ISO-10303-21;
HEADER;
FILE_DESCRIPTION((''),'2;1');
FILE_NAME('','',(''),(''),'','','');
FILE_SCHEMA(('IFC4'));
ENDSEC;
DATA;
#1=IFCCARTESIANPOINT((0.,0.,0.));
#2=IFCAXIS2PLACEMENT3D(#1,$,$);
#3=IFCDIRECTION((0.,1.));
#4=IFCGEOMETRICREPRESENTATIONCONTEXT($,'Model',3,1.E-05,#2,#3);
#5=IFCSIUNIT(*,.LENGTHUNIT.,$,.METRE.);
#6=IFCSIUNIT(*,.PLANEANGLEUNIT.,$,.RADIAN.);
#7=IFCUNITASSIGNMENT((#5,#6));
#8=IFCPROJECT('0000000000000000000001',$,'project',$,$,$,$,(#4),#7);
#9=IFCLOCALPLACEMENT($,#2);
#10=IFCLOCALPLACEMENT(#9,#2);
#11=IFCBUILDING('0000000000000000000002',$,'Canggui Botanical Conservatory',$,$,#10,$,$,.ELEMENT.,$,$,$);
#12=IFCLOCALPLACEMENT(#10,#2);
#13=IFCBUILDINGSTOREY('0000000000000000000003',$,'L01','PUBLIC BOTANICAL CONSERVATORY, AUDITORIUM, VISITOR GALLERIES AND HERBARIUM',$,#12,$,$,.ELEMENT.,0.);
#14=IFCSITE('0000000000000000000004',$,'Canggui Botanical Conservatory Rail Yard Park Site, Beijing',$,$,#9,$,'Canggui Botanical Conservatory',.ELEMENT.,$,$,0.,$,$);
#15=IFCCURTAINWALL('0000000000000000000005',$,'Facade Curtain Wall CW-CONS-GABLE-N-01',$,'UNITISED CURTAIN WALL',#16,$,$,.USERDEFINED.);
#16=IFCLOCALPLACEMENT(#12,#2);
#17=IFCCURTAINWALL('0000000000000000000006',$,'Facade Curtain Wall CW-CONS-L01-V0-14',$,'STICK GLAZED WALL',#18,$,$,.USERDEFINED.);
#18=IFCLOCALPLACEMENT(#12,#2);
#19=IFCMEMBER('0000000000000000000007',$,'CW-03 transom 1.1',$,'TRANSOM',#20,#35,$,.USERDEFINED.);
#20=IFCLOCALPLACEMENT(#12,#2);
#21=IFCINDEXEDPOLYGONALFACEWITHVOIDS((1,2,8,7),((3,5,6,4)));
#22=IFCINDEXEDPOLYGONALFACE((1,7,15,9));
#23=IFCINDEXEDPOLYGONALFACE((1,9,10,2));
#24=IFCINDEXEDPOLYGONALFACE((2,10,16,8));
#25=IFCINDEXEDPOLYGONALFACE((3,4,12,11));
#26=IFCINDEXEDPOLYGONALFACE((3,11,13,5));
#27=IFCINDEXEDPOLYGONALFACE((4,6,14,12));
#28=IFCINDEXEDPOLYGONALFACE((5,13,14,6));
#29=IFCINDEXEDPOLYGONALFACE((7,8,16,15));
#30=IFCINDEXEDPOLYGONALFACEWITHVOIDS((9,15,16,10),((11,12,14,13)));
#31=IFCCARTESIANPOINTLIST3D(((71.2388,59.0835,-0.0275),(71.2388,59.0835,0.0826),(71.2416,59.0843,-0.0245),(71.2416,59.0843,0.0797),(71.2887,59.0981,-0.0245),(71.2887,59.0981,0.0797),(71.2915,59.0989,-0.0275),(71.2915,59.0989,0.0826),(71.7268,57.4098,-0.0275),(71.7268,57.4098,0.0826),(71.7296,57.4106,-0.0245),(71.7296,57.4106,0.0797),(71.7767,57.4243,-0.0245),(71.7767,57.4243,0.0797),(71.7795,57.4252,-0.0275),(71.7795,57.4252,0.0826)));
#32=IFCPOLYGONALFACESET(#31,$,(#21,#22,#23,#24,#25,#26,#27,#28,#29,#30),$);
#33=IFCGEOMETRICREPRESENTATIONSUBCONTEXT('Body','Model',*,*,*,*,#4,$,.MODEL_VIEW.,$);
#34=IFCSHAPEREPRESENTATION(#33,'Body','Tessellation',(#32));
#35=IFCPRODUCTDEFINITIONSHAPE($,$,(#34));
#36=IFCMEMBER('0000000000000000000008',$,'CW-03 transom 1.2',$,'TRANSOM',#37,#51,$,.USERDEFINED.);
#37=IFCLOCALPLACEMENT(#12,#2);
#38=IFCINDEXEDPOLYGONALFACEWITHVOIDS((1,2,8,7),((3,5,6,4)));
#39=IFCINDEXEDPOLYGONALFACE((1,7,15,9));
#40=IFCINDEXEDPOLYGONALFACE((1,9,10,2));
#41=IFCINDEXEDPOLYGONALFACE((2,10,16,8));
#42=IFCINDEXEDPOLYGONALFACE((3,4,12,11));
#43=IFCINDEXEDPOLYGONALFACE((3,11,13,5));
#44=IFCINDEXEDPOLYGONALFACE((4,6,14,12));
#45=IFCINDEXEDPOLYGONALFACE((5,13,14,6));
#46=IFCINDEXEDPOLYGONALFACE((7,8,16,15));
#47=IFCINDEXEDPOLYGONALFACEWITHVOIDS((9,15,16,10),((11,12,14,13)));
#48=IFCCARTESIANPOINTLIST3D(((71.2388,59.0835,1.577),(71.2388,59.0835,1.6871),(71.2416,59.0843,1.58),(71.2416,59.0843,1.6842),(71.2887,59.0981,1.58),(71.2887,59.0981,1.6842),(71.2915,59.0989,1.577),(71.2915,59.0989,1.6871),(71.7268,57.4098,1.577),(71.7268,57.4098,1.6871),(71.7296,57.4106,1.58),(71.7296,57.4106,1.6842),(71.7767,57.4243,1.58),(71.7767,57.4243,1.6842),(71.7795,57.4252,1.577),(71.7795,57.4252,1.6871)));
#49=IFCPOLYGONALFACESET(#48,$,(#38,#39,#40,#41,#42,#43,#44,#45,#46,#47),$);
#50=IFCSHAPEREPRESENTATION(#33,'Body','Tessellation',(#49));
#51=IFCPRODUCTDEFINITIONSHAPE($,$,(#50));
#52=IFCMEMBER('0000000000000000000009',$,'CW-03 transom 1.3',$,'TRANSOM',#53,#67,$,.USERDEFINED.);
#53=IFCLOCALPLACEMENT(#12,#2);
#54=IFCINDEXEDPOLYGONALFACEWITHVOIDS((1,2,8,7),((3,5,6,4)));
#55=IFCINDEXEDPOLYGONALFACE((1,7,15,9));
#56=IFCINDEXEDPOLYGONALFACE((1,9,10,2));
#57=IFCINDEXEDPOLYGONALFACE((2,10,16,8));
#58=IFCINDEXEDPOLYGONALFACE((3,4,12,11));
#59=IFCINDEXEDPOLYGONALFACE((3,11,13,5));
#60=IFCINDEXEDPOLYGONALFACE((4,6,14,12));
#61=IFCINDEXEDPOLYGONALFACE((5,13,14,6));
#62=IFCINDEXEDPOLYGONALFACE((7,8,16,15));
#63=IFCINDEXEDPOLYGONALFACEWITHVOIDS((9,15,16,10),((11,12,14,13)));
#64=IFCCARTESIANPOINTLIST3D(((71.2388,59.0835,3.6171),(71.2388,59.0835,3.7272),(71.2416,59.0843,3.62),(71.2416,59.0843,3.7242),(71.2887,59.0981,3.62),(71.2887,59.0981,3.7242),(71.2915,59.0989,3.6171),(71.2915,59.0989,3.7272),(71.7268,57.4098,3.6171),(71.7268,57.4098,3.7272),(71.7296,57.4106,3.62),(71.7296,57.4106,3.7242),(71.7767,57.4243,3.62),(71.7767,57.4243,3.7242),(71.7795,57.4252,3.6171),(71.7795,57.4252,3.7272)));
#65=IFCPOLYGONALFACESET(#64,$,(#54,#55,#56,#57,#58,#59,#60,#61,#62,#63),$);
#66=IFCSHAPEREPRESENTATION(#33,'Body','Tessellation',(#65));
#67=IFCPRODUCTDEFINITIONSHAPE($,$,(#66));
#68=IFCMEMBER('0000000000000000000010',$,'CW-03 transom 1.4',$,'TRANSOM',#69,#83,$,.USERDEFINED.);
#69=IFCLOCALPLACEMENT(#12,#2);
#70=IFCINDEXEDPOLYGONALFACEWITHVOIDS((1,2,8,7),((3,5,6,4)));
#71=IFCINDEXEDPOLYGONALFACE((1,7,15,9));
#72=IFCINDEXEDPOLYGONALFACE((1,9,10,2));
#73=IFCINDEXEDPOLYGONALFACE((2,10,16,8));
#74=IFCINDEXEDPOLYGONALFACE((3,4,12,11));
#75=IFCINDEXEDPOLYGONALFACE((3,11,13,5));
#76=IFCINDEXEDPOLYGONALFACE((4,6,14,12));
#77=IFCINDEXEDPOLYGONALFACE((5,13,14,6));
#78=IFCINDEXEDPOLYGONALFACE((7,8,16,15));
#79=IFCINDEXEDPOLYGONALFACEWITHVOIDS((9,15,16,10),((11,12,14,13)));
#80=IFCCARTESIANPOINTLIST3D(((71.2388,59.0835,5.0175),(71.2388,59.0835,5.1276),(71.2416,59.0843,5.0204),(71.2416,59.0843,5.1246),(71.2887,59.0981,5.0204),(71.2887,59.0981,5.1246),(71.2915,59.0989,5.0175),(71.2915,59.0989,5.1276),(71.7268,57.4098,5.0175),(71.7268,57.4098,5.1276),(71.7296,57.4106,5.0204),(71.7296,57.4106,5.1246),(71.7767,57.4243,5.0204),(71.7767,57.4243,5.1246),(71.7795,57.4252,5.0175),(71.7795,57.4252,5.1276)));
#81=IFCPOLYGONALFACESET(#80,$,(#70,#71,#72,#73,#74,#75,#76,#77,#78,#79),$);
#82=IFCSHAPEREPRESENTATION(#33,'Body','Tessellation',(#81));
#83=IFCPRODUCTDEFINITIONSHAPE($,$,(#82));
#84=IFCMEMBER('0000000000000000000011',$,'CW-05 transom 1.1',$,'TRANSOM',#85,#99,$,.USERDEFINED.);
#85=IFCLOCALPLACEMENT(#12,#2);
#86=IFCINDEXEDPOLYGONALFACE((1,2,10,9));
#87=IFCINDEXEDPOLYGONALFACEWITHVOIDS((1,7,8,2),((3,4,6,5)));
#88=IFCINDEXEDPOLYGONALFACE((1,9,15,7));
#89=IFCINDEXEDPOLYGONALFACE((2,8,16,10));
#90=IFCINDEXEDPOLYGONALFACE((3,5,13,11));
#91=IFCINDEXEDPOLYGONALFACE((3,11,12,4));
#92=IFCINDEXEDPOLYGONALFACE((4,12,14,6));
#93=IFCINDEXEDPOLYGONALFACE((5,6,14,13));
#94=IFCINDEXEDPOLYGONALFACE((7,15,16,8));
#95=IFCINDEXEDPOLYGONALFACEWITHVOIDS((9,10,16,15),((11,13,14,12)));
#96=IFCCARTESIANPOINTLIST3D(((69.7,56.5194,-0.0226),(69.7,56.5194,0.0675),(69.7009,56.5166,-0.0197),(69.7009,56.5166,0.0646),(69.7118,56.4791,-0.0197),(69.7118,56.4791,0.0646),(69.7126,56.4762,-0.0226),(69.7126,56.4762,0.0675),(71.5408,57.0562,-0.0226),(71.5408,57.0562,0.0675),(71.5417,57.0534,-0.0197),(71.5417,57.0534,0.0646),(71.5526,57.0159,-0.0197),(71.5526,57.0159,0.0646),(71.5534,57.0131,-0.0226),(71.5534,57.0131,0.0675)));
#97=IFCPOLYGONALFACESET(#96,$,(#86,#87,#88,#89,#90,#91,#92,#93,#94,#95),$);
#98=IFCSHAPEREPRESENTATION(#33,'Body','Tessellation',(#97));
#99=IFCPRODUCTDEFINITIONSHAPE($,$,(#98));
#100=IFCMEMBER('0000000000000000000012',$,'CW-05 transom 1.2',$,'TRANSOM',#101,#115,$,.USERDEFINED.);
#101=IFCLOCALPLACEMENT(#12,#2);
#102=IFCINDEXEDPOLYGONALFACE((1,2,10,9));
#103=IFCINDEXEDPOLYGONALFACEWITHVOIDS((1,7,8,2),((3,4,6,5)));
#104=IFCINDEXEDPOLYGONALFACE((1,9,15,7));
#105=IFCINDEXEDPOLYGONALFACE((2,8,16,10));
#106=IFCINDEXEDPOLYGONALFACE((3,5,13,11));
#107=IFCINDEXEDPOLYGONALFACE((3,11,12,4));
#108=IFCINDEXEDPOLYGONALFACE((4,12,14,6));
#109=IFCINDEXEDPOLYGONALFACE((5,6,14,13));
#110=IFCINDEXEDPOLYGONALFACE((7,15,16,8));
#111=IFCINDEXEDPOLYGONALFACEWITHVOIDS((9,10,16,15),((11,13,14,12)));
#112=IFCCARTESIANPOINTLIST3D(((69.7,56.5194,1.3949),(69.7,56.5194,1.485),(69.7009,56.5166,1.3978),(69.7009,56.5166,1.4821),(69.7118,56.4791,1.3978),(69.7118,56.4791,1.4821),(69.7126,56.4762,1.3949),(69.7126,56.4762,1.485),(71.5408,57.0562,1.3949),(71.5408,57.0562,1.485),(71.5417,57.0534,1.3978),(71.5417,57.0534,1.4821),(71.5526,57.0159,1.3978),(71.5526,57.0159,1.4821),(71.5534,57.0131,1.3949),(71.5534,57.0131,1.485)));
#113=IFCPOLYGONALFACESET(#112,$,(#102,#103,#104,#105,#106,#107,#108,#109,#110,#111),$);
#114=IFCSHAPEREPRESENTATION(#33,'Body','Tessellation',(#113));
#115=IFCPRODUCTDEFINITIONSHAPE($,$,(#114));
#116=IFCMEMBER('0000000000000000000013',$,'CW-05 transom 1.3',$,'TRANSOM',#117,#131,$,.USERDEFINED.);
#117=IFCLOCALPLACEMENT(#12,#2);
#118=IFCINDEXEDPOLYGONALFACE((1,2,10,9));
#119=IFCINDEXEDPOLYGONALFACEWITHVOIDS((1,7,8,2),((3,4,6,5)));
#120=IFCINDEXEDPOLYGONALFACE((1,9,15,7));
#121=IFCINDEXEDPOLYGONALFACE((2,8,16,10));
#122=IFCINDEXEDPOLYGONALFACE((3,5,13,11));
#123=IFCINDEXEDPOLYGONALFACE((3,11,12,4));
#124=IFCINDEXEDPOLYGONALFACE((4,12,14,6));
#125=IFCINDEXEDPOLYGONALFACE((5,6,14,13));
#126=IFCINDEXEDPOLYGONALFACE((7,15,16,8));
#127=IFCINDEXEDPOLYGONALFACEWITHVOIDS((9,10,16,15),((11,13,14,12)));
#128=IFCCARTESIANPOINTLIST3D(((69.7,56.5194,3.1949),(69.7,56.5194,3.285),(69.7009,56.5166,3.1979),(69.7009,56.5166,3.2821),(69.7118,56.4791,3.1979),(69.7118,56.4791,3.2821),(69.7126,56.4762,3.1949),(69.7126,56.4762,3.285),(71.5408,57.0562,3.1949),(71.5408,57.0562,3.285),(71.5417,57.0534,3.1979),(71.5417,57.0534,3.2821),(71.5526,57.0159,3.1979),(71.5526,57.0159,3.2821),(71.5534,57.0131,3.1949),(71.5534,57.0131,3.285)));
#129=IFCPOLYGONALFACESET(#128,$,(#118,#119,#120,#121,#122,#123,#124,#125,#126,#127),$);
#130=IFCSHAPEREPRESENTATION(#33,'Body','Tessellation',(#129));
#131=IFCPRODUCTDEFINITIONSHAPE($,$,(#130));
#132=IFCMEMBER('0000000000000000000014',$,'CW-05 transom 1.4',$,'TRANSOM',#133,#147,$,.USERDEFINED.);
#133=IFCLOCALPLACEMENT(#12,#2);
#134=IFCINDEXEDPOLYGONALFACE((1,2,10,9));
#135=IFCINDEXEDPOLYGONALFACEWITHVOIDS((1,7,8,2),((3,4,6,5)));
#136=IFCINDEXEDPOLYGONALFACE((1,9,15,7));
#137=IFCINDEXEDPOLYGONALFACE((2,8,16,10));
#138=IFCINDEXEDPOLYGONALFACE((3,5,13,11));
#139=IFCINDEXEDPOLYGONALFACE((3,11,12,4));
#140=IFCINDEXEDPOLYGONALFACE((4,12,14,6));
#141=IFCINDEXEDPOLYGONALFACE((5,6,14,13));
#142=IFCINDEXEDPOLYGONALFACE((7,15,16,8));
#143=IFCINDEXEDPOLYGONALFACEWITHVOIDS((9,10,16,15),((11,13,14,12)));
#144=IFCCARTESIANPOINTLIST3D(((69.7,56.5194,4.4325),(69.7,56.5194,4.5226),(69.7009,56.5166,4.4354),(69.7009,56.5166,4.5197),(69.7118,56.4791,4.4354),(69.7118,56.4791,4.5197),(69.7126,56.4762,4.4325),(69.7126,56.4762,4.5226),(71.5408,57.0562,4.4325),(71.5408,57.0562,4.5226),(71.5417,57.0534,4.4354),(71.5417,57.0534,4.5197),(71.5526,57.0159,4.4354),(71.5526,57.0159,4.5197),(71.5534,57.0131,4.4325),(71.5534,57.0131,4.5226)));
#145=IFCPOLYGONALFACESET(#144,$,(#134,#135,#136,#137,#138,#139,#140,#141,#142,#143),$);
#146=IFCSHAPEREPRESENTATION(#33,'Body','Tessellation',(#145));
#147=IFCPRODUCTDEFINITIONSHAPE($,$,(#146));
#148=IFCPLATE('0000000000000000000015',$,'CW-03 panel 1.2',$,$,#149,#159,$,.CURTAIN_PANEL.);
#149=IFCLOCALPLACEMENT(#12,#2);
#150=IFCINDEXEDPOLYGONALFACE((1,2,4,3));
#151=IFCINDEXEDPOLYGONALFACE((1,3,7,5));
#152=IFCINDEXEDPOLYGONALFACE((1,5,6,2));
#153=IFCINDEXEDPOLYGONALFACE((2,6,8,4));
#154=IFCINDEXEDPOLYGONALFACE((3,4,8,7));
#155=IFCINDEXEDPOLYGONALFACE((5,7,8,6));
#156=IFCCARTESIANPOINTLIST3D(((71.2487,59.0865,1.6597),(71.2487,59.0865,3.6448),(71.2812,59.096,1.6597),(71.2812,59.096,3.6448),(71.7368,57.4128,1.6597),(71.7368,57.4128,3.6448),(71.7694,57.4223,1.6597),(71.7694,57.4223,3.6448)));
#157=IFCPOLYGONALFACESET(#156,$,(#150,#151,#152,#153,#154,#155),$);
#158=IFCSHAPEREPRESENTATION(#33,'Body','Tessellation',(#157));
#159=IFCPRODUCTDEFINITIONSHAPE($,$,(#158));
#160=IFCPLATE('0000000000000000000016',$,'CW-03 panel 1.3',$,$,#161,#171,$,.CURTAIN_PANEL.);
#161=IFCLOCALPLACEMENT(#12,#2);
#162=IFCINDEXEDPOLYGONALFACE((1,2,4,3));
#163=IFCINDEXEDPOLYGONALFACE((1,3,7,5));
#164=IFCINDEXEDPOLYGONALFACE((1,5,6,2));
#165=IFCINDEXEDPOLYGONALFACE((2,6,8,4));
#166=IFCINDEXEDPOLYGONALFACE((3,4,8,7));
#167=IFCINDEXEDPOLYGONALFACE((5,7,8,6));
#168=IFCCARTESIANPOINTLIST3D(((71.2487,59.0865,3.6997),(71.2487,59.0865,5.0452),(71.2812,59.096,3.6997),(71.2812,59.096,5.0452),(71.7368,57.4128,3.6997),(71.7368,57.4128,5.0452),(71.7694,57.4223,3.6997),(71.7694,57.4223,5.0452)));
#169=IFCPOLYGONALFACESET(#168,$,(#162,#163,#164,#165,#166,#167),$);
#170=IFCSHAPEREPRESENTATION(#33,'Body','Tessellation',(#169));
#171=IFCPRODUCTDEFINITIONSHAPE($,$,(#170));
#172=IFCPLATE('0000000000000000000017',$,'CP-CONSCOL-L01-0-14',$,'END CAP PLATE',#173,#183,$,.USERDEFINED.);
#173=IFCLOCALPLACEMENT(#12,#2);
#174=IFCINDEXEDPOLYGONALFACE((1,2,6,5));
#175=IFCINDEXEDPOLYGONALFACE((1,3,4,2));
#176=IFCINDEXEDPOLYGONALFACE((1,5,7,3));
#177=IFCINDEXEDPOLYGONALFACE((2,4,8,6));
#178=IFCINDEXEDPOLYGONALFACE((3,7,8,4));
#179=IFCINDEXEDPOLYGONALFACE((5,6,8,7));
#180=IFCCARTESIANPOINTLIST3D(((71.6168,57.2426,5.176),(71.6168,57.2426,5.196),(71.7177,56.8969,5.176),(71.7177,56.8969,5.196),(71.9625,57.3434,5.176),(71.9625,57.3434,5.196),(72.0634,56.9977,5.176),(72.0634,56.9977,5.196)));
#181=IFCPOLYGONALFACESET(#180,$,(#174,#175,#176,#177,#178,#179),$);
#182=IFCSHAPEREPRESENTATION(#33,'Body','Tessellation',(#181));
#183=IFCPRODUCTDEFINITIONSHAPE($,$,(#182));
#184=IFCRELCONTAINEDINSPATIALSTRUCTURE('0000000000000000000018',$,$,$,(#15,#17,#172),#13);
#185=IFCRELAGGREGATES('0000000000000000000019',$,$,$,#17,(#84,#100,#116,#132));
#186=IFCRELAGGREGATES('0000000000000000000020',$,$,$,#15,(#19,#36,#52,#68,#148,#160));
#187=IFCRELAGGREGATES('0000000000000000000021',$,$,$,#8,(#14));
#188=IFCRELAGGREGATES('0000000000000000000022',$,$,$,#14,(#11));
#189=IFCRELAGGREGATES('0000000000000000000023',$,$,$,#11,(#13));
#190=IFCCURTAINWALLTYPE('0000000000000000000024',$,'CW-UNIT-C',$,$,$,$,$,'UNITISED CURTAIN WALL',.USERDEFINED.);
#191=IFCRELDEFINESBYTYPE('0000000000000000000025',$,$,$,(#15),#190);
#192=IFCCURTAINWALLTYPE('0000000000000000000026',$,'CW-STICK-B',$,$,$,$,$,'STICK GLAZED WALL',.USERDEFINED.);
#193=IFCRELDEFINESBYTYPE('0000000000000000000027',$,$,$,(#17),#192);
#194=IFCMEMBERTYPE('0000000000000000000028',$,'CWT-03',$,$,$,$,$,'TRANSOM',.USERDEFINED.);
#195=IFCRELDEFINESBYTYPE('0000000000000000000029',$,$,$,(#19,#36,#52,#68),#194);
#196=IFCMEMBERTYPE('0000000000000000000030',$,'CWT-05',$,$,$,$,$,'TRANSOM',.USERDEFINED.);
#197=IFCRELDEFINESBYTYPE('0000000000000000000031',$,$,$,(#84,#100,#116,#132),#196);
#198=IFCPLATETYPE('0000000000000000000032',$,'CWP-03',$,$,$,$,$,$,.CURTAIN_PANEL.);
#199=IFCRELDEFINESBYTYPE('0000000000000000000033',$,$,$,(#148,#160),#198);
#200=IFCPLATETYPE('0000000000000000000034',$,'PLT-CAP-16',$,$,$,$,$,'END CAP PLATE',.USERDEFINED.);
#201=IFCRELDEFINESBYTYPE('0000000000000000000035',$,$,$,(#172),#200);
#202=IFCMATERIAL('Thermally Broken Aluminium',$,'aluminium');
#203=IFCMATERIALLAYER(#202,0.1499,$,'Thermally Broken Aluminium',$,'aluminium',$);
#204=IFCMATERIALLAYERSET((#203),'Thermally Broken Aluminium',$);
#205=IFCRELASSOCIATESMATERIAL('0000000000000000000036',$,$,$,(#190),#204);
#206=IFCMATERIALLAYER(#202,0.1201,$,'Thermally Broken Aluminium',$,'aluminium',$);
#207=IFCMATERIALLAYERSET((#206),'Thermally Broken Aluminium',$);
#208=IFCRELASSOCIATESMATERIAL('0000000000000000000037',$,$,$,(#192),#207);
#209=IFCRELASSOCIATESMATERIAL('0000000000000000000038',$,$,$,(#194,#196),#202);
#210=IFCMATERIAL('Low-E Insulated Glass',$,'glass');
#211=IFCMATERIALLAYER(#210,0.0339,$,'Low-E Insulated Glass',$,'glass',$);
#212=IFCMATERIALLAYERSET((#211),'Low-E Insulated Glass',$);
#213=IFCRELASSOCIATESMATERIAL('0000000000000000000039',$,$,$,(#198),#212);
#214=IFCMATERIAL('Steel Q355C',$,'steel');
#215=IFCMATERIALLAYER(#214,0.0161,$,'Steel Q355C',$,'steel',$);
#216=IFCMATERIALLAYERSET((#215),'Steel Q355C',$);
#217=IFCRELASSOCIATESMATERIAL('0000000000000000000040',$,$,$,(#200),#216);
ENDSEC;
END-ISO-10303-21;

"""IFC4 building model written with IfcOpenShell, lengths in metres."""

from ifc_helpers import new_model, si_unit, direction, frame, origin, origin_2d, place, context, subcontext, project, spatial, rectangle, hollow_rectangle, extrude, material, layer, layer_set, material_profile, profile_set, type_object, element, aggregate, save


model = new_model("IFC4")

# Units and contexts
model_context = context("Model", 3, precision=1e-05, world=origin(), true_north=direction((0.0, 1.0)))
body_context = subcontext(model_context, "Body", "Model", "MODEL_VIEW")
ifc_project = project(units=[si_unit("LENGTHUNIT", "METRE"), si_unit("PLANEANGLEUNIT", "RADIAN")], contexts=[model_context])

# Site, building, storey
site_placement = place(None, origin())
site = spatial("IfcSite", under=ifc_project, at=site_placement, Name="Canggui Botanical Conservatory Rail Yard Park Site, Beijing", LongName="Canggui Botanical Conservatory", CompositionType="ELEMENT", RefElevation=0.0)
building_placement = place(site_placement, origin())
building = spatial("IfcBuilding", under=site, at=building_placement, Name="Canggui Botanical Conservatory", CompositionType="ELEMENT")
storey_placement = place(building_placement, origin())
storey = spatial("IfcBuildingStorey", under=building, at=storey_placement, Name="L01", Description="PUBLIC BOTANICAL CONSERVATORY, AUDITORIUM, VISITOR GALLERIES AND HERBARIUM", CompositionType="ELEMENT", Elevation=0.0)

# Shared definitions
ifc_material_1 = material(Name="Steel Q355C", Category="steel")

# Curtain walls
ifc_material_2 = material(Name="Thermally Broken Aluminium", Category="aluminium")
ifc_layer_1 = layer(ifc_material_2, 0.1499, Name="Thermally Broken Aluminium", Category="aluminium")
ifc_layer_set_1 = layer_set([ifc_layer_1], Name="Thermally Broken Aluminium")
curtain_wall_type_1 = type_object("IfcCurtainWallType", Name="CW-UNIT-C", ElementType="UNITISED CURTAIN WALL", PredefinedType="USERDEFINED", material=ifc_layer_set_1)
curtain_wall_1_placement = place(storey_placement, origin())
curtain_wall_1 = element("IfcCurtainWall", 1, at=curtain_wall_1_placement, inside=storey, type_object=curtain_wall_type_1, Name="Facade Curtain Wall CW-CONS-GABLE-N-01", ObjectType="UNITISED CURTAIN WALL", PredefinedType="USERDEFINED")
ifc_layer_2 = layer(ifc_material_2, 0.1201, Name="Thermally Broken Aluminium", Category="aluminium")
ifc_layer_set_2 = layer_set([ifc_layer_2], Name="Thermally Broken Aluminium")
curtain_wall_type_2 = type_object("IfcCurtainWallType", Name="CW-STICK-B", ElementType="STICK GLAZED WALL", PredefinedType="USERDEFINED", material=ifc_layer_set_2)
curtain_wall_2_placement = place(storey_placement, origin())
curtain_wall_2 = element("IfcCurtainWall", 2, at=curtain_wall_2_placement, inside=storey, type_object=curtain_wall_type_2, Name="Facade Curtain Wall CW-CONS-L01-V0-14", ObjectType="STICK GLAZED WALL", PredefinedType="USERDEFINED")

# Members
ifc_material_profile_1 = material_profile(ifc_material_2, hollow_rectangle(XDim=0.0549, YDim=0.1101, WallThickness=0.0029, at=origin_2d()), Name="CWT 55x110x3")
ifc_profile_set_1 = profile_set([ifc_material_profile_1], Name="Thermally Broken Aluminium")
member_type_1 = type_object("IfcMemberType", Name="CWT-03", ElementType="TRANSOM", PredefinedType="USERDEFINED", material=ifc_profile_set_1)
member_1_placement = place(storey_placement, frame((71.7532, 57.4175, 0.0276), z_axis=(-0.279914, 0.960025, 0.0), x_axis=(-0.960025, -0.279914, 0.0)))
member_1 = element("IfcMember", 3, at=member_1_placement, type_object=member_type_1, Name="CW-03 transom 1.1", ObjectType="TRANSOM", PredefinedType="USERDEFINED", context=body_context, shape_type="SweptSolid", body=[
    extrude(hollow_rectangle(XDim=0.0549, YDim=0.1101, WallThickness=0.0029, at=origin_2d()), origin(), (0.0, 0.0, 1.0), 1.7434),
])
member_2_placement = place(storey_placement, frame((71.7532, 57.4175, 1.6321), z_axis=(-0.279914, 0.960025, 0.0), x_axis=(-0.960025, -0.279914, 0.0)))
member_2 = element("IfcMember", 4, at=member_2_placement, type_object=member_type_1, Name="CW-03 transom 1.2", ObjectType="TRANSOM", PredefinedType="USERDEFINED", context=body_context, shape_type="SweptSolid", body=[
    extrude(hollow_rectangle(XDim=0.0549, YDim=0.1101, WallThickness=0.0029, at=origin_2d()), origin(), (0.0, 0.0, 1.0), 1.7434),
])
member_3_placement = place(storey_placement, frame((71.7532, 57.4175, 3.6721), z_axis=(-0.279914, 0.960025, 0.0), x_axis=(-0.960025, -0.279914, 0.0)))
member_3 = element("IfcMember", 5, at=member_3_placement, type_object=member_type_1, Name="CW-03 transom 1.3", ObjectType="TRANSOM", PredefinedType="USERDEFINED", context=body_context, shape_type="SweptSolid", body=[
    extrude(hollow_rectangle(XDim=0.0549, YDim=0.1101, WallThickness=0.0029, at=origin_2d()), origin(), (0.0, 0.0, 1.0), 1.7434),
])
member_4_placement = place(storey_placement, frame((71.7532, 57.4175, 5.0725), z_axis=(-0.279914, 0.960025, 0.0), x_axis=(-0.960025, -0.279914, 0.0)))
member_4 = element("IfcMember", 6, at=member_4_placement, type_object=member_type_1, Name="CW-03 transom 1.4", ObjectType="TRANSOM", PredefinedType="USERDEFINED", context=body_context, shape_type="SweptSolid", body=[
    extrude(hollow_rectangle(XDim=0.0549, YDim=0.1101, WallThickness=0.0029, at=origin_2d()), origin(), (0.0, 0.0, 1.0), 1.7434),
])
ifc_material_profile_2 = material_profile(ifc_material_2, hollow_rectangle(XDim=0.0449, YDim=0.0901, WallThickness=0.0029, at=origin_2d()), Name="CWT 45x90x3")
ifc_profile_set_2 = profile_set([ifc_material_profile_2], Name="Thermally Broken Aluminium")
member_type_2 = type_object("IfcMemberType", Name="CWT-05", ElementType="TRANSOM", PredefinedType="USERDEFINED", material=ifc_profile_set_2)
member_5_placement = place(storey_placement, frame((71.5471, 57.0347, 0.0225), z_axis=(-0.960006, -0.27998, 0.0), x_axis=(0.27998, -0.960006, 0.0)))
member_5 = element("IfcMember", 7, at=member_5_placement, type_object=member_type_2, Name="CW-05 transom 1.1", ObjectType="TRANSOM", PredefinedType="USERDEFINED", context=body_context, shape_type="SweptSolid", body=[
    extrude(hollow_rectangle(XDim=0.0449, YDim=0.0901, WallThickness=0.0029, at=origin_2d()), origin(), (0.0, 0.0, 1.0), 1.9175),
])
member_6_placement = place(storey_placement, frame((71.5471, 57.0347, 1.4399), z_axis=(-0.960006, -0.27998, 0.0), x_axis=(0.27998, -0.960006, 0.0)))
member_6 = element("IfcMember", 8, at=member_6_placement, type_object=member_type_2, Name="CW-05 transom 1.2", ObjectType="TRANSOM", PredefinedType="USERDEFINED", context=body_context, shape_type="SweptSolid", body=[
    extrude(hollow_rectangle(XDim=0.0449, YDim=0.0901, WallThickness=0.0029, at=origin_2d()), origin(), (0.0, 0.0, 1.0), 1.9175),
])
member_7_placement = place(storey_placement, frame((71.5471, 57.0347, 3.24), z_axis=(-0.960006, -0.27998, 0.0), x_axis=(0.27998, -0.960006, 0.0)))
member_7 = element("IfcMember", 9, at=member_7_placement, type_object=member_type_2, Name="CW-05 transom 1.3", ObjectType="TRANSOM", PredefinedType="USERDEFINED", context=body_context, shape_type="SweptSolid", body=[
    extrude(hollow_rectangle(XDim=0.0449, YDim=0.0901, WallThickness=0.0029, at=origin_2d()), origin(), (0.0, 0.0, 1.0), 1.9175),
])
member_8_placement = place(storey_placement, frame((71.5471, 57.0347, 4.4775), z_axis=(-0.960006, -0.27998, 0.0), x_axis=(0.27998, -0.960006, 0.0)))
member_8 = element("IfcMember", 10, at=member_8_placement, type_object=member_type_2, Name="CW-05 transom 1.4", ObjectType="TRANSOM", PredefinedType="USERDEFINED", context=body_context, shape_type="SweptSolid", body=[
    extrude(hollow_rectangle(XDim=0.0449, YDim=0.0901, WallThickness=0.0029, at=origin_2d()), origin(), (0.0, 0.0, 1.0), 1.9175),
])
aggregate(curtain_wall_2, [member_5, member_6, member_7, member_8])

# Plates
ifc_material_3 = material(Name="Low-E Insulated Glass", Category="glass")
ifc_layer_3 = layer(ifc_material_3, 0.0339, Name="Low-E Insulated Glass", Category="glass")
ifc_layer_set_3 = layer_set([ifc_layer_3], Name="Low-E Insulated Glass")
plate_type_1 = type_object("IfcPlateType", Name="CWP-03", PredefinedType="CURTAIN_PANEL", material=ifc_layer_set_3)
plate_1_placement = place(storey_placement, frame((71.509, 58.2544, 1.6597), z_axis=(0.0, 0.0, 1.0), x_axis=(-0.28, 0.96, 0.0)))
plate_1 = element("IfcPlate", 11, at=plate_1_placement, type_object=plate_type_1, Name="CW-03 panel 1.2", PredefinedType="CURTAIN_PANEL", context=body_context, shape_type="SweptSolid", body=[
    extrude(rectangle(XDim=1.7434, YDim=0.0339, at=origin_2d()), origin(), (0.0, 0.0, 1.0), 1.9851),
])
plate_2_placement = place(storey_placement, frame((71.509, 58.2544, 3.6997), z_axis=(0.0, 0.0, 1.0), x_axis=(-0.28, 0.96, 0.0)))
plate_2 = element("IfcPlate", 12, at=plate_2_placement, type_object=plate_type_1, Name="CW-03 panel 1.3", PredefinedType="CURTAIN_PANEL", context=body_context, shape_type="SweptSolid", body=[
    extrude(rectangle(XDim=1.7434, YDim=0.0339, at=origin_2d()), origin(), (0.0, 0.0, 1.0), 1.3455),
])
aggregate(curtain_wall_1, [member_1, member_2, member_3, member_4, plate_1, plate_2])
ifc_layer_4 = layer(ifc_material_1, 0.0161, Name="Steel Q355C", Category="steel")
ifc_layer_set_4 = layer_set([ifc_layer_4], Name="Steel Q355C")
plate_type_2 = type_object("IfcPlateType", Name="PLT-CAP-16", ElementType="END CAP PLATE", PredefinedType="USERDEFINED", material=ifc_layer_set_4)
plate_3_placement = place(storey_placement, frame((71.8401, 57.1201, 5.176), z_axis=(0.0, 0.0, 1.0), x_axis=(0.96, 0.28, 0.0)))
element("IfcPlate", 13, at=plate_3_placement, inside=storey, type_object=plate_type_2, Name="CP-CONSCOL-L01-0-14", ObjectType="END CAP PLATE", PredefinedType="USERDEFINED", context=body_context, shape_type="SweptSolid", body=[
    extrude(rectangle(XDim=0.3601, YDim=0.3601, at=origin_2d()), origin(), (0.0, 0.0, 1.0), 0.02),
])

save(model, "model.ifc")
